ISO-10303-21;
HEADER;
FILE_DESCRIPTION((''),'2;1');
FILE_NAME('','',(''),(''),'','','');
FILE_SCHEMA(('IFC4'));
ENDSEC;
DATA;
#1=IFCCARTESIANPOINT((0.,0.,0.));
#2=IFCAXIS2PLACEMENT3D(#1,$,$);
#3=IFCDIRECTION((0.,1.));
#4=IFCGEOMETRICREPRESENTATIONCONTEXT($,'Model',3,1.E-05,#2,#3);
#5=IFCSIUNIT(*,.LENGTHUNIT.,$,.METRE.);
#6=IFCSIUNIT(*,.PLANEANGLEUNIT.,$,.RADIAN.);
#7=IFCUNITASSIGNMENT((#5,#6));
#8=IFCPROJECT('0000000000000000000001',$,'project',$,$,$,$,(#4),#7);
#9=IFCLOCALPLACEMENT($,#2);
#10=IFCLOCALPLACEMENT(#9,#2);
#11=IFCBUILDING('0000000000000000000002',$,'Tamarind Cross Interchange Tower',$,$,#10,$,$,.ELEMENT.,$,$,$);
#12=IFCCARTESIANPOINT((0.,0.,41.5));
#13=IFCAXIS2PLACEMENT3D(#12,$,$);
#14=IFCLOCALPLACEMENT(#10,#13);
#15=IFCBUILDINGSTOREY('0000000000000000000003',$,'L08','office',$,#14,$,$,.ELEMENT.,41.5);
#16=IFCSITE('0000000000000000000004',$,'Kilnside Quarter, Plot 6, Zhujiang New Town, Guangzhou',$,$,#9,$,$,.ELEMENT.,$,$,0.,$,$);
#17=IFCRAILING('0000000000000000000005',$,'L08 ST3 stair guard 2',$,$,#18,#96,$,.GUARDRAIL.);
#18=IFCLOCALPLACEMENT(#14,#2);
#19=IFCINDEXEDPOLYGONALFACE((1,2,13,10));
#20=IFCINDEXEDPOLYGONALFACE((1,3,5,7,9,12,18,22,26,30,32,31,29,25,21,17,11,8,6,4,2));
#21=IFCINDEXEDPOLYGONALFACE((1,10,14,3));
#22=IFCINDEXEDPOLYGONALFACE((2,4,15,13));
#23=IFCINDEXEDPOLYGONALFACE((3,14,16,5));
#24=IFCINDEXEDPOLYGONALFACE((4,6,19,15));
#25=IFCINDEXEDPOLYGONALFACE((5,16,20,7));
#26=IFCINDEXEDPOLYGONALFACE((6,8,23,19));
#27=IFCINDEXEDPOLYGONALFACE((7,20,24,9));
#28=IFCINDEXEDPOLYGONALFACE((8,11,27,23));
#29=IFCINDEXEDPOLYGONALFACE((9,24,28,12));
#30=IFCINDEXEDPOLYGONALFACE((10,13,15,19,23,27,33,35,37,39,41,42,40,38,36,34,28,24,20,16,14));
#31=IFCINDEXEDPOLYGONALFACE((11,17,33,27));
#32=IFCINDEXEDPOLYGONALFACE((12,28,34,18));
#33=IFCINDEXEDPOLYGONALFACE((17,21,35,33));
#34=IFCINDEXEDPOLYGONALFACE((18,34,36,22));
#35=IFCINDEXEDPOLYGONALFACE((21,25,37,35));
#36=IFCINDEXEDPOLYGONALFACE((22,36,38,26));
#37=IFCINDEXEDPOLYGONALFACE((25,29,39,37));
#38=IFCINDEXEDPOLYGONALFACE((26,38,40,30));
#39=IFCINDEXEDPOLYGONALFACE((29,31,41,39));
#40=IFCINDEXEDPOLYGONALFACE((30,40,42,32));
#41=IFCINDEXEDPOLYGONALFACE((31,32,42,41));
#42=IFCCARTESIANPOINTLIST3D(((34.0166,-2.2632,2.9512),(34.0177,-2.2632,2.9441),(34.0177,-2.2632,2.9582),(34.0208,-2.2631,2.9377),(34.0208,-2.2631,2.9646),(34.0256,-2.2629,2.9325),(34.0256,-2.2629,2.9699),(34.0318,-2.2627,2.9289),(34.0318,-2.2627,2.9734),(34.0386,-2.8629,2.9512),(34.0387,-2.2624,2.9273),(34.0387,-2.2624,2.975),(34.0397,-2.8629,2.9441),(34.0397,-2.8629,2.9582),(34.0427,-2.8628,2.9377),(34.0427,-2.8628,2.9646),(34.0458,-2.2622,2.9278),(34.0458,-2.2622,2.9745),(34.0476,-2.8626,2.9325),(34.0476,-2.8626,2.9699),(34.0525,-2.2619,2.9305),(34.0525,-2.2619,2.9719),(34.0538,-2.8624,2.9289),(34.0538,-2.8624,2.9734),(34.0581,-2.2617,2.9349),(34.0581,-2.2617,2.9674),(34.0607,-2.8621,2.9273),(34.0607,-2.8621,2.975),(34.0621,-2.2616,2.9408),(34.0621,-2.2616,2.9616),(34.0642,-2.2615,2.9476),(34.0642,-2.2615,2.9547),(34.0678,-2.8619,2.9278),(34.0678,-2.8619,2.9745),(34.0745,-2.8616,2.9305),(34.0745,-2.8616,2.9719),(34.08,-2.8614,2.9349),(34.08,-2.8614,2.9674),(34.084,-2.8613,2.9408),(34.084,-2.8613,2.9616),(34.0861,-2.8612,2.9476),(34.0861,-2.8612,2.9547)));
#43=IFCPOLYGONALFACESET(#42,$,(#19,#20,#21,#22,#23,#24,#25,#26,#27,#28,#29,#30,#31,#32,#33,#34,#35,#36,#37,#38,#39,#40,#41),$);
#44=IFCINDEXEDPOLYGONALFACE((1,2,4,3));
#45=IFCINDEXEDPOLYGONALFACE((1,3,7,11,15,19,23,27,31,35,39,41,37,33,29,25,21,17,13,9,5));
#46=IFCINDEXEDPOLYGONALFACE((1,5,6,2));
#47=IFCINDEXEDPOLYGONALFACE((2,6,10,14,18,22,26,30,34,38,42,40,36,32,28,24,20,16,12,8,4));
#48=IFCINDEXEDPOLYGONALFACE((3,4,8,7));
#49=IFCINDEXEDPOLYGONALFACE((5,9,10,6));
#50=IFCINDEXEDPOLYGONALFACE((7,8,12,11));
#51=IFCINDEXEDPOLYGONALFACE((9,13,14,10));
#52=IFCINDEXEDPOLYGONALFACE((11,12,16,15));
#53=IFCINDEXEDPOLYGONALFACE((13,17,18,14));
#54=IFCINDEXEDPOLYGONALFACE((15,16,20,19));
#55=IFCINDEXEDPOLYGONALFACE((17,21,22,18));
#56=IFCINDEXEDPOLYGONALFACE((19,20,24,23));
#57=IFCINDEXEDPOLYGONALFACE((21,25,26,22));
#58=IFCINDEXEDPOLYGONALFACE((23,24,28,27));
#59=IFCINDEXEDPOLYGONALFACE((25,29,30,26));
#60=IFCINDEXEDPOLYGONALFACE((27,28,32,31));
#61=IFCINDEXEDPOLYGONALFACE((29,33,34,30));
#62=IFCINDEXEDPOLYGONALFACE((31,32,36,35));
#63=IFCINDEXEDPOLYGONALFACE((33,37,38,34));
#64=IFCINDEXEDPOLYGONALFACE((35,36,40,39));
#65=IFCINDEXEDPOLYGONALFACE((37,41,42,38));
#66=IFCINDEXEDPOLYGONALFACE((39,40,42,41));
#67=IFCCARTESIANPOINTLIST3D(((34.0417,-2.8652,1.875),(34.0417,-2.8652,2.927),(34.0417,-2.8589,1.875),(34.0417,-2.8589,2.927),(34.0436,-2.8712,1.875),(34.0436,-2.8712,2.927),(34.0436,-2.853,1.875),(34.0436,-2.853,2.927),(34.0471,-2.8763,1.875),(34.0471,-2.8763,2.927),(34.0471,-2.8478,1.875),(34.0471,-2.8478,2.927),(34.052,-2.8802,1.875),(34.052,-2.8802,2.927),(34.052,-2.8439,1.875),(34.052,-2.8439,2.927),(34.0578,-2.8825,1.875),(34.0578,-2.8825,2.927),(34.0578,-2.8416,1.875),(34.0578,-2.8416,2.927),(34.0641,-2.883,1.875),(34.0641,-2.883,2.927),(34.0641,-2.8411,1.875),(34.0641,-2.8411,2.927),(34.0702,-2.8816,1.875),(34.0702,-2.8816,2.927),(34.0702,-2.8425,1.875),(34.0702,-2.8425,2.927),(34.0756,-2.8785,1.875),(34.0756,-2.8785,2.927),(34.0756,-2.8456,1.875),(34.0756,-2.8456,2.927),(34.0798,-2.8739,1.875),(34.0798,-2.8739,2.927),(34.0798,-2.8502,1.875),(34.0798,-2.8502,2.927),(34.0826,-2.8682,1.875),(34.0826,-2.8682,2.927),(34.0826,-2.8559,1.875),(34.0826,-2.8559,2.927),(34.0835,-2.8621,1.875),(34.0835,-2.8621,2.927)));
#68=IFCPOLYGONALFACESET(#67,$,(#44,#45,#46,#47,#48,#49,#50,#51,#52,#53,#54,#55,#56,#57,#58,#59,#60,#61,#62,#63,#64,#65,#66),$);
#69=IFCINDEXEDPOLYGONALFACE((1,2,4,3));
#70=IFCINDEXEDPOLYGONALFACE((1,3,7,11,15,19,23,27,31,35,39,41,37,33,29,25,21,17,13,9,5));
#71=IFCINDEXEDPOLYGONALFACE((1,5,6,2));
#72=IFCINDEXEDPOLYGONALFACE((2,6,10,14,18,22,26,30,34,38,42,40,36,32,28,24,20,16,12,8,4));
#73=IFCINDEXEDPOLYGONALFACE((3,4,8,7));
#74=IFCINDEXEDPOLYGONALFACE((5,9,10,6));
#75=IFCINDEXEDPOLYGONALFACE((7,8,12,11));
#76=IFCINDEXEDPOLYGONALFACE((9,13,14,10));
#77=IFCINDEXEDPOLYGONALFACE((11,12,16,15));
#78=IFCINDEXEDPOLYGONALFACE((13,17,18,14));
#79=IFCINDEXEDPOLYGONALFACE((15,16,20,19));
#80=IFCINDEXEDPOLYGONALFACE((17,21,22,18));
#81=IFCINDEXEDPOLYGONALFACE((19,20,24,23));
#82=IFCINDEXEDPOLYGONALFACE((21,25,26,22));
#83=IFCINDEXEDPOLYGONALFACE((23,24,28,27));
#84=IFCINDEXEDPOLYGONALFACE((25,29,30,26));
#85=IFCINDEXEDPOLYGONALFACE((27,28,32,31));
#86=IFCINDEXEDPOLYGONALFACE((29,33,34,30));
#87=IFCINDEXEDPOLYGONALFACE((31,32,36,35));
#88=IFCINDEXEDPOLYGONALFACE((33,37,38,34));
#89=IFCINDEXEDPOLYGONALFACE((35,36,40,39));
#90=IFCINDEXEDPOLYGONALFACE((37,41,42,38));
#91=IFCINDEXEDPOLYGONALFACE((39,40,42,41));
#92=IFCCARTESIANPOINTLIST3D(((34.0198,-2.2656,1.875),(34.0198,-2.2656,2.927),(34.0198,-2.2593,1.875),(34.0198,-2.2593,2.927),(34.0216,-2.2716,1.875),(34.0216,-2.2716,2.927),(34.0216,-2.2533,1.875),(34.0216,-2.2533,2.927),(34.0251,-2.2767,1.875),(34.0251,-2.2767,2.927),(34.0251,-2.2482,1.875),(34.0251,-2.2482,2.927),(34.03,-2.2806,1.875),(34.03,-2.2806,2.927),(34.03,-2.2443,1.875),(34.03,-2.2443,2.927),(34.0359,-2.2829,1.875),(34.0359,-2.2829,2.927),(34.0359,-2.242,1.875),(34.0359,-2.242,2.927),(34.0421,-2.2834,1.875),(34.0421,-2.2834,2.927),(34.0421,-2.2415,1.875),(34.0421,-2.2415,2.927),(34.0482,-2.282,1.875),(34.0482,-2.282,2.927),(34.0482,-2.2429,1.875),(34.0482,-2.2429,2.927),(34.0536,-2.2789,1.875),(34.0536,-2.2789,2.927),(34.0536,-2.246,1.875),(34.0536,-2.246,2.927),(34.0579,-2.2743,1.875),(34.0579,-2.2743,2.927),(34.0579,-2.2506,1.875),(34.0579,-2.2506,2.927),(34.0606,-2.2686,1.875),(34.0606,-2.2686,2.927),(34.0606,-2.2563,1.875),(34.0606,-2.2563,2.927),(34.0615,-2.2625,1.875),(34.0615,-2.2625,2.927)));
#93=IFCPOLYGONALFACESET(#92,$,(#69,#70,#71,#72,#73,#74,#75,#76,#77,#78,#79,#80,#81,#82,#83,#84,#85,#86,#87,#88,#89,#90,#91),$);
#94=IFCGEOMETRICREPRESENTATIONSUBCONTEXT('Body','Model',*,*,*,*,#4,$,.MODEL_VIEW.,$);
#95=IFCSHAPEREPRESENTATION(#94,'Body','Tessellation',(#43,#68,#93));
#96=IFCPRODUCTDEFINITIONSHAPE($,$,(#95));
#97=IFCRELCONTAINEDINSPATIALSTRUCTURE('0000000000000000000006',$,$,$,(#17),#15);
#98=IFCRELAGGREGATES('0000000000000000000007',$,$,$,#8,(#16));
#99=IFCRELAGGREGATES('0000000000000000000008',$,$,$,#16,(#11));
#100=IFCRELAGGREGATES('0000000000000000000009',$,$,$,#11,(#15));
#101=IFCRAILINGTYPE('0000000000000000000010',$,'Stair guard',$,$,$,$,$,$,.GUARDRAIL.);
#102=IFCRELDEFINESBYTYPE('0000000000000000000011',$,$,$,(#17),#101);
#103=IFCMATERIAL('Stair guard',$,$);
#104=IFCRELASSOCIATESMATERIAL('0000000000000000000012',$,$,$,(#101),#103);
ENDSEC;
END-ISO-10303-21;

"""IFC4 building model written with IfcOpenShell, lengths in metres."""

from ifc_helpers import new_model, si_unit, direction, frame, origin, origin_2d, place, context, subcontext, project, spatial, circle, extrude, material, type_object, element, save


model = new_model("IFC4")

# Units and contexts
model_context = context("Model", 3, precision=1e-05, world=origin(), true_north=direction((0.0, 1.0)))
body_context = subcontext(model_context, "Body", "Model", "MODEL_VIEW")
ifc_project = project(units=[si_unit("LENGTHUNIT", "METRE"), si_unit("PLANEANGLEUNIT", "RADIAN")], contexts=[model_context])

# Site, building, storey
site_placement = place(None, origin())
site = spatial("IfcSite", under=ifc_project, at=site_placement, Name="Kilnside Quarter, Plot 6, Zhujiang New Town, Guangzhou", CompositionType="ELEMENT", RefElevation=0.0)
building_placement = place(site_placement, origin())
building = spatial("IfcBuilding", under=site, at=building_placement, Name="Tamarind Cross Interchange Tower", CompositionType="ELEMENT")
storey_placement = place(building_placement, frame((0.0, 0.0, 41.5)))
storey = spatial("IfcBuildingStorey", under=building, at=storey_placement, Name="L08", Description="office", CompositionType="ELEMENT", Elevation=41.5)

# Railing
ifc_material_1 = material(Name="Stair guard")
railing_type_1 = type_object("IfcRailingType", Name="Stair guard", PredefinedType="GUARDRAIL", material=ifc_material_1)
railing_1_placement = place(storey_placement, frame((34.0625, -2.8621, 1.875)))
element("IfcRailing", 1, at=railing_1_placement, inside=storey, type_object=railing_type_1, Name="L08 ST3 stair guard 2", PredefinedType="GUARDRAIL", context=body_context, shape_type="SweptSolid", body=[
    extrude(circle(Radius=0.0239, at=origin_2d()), frame((0.0, 0.0, 1.0762), z_axis=(-0.03662, 0.999329, 0.0), x_axis=(-0.999329, -0.03662, 0.0)), (0.0, 0.0, 1.0), 0.6001),
    extrude(circle(Radius=0.021, at=origin_2d()), origin(), (0.0, 0.0, 1.0), 1.052),
    extrude(circle(Radius=0.021, at=origin_2d()), frame((-0.022, 0.5996, 0.0)), (0.0, 0.0, 1.0), 1.052),
])

save(model, "model.ifc")
